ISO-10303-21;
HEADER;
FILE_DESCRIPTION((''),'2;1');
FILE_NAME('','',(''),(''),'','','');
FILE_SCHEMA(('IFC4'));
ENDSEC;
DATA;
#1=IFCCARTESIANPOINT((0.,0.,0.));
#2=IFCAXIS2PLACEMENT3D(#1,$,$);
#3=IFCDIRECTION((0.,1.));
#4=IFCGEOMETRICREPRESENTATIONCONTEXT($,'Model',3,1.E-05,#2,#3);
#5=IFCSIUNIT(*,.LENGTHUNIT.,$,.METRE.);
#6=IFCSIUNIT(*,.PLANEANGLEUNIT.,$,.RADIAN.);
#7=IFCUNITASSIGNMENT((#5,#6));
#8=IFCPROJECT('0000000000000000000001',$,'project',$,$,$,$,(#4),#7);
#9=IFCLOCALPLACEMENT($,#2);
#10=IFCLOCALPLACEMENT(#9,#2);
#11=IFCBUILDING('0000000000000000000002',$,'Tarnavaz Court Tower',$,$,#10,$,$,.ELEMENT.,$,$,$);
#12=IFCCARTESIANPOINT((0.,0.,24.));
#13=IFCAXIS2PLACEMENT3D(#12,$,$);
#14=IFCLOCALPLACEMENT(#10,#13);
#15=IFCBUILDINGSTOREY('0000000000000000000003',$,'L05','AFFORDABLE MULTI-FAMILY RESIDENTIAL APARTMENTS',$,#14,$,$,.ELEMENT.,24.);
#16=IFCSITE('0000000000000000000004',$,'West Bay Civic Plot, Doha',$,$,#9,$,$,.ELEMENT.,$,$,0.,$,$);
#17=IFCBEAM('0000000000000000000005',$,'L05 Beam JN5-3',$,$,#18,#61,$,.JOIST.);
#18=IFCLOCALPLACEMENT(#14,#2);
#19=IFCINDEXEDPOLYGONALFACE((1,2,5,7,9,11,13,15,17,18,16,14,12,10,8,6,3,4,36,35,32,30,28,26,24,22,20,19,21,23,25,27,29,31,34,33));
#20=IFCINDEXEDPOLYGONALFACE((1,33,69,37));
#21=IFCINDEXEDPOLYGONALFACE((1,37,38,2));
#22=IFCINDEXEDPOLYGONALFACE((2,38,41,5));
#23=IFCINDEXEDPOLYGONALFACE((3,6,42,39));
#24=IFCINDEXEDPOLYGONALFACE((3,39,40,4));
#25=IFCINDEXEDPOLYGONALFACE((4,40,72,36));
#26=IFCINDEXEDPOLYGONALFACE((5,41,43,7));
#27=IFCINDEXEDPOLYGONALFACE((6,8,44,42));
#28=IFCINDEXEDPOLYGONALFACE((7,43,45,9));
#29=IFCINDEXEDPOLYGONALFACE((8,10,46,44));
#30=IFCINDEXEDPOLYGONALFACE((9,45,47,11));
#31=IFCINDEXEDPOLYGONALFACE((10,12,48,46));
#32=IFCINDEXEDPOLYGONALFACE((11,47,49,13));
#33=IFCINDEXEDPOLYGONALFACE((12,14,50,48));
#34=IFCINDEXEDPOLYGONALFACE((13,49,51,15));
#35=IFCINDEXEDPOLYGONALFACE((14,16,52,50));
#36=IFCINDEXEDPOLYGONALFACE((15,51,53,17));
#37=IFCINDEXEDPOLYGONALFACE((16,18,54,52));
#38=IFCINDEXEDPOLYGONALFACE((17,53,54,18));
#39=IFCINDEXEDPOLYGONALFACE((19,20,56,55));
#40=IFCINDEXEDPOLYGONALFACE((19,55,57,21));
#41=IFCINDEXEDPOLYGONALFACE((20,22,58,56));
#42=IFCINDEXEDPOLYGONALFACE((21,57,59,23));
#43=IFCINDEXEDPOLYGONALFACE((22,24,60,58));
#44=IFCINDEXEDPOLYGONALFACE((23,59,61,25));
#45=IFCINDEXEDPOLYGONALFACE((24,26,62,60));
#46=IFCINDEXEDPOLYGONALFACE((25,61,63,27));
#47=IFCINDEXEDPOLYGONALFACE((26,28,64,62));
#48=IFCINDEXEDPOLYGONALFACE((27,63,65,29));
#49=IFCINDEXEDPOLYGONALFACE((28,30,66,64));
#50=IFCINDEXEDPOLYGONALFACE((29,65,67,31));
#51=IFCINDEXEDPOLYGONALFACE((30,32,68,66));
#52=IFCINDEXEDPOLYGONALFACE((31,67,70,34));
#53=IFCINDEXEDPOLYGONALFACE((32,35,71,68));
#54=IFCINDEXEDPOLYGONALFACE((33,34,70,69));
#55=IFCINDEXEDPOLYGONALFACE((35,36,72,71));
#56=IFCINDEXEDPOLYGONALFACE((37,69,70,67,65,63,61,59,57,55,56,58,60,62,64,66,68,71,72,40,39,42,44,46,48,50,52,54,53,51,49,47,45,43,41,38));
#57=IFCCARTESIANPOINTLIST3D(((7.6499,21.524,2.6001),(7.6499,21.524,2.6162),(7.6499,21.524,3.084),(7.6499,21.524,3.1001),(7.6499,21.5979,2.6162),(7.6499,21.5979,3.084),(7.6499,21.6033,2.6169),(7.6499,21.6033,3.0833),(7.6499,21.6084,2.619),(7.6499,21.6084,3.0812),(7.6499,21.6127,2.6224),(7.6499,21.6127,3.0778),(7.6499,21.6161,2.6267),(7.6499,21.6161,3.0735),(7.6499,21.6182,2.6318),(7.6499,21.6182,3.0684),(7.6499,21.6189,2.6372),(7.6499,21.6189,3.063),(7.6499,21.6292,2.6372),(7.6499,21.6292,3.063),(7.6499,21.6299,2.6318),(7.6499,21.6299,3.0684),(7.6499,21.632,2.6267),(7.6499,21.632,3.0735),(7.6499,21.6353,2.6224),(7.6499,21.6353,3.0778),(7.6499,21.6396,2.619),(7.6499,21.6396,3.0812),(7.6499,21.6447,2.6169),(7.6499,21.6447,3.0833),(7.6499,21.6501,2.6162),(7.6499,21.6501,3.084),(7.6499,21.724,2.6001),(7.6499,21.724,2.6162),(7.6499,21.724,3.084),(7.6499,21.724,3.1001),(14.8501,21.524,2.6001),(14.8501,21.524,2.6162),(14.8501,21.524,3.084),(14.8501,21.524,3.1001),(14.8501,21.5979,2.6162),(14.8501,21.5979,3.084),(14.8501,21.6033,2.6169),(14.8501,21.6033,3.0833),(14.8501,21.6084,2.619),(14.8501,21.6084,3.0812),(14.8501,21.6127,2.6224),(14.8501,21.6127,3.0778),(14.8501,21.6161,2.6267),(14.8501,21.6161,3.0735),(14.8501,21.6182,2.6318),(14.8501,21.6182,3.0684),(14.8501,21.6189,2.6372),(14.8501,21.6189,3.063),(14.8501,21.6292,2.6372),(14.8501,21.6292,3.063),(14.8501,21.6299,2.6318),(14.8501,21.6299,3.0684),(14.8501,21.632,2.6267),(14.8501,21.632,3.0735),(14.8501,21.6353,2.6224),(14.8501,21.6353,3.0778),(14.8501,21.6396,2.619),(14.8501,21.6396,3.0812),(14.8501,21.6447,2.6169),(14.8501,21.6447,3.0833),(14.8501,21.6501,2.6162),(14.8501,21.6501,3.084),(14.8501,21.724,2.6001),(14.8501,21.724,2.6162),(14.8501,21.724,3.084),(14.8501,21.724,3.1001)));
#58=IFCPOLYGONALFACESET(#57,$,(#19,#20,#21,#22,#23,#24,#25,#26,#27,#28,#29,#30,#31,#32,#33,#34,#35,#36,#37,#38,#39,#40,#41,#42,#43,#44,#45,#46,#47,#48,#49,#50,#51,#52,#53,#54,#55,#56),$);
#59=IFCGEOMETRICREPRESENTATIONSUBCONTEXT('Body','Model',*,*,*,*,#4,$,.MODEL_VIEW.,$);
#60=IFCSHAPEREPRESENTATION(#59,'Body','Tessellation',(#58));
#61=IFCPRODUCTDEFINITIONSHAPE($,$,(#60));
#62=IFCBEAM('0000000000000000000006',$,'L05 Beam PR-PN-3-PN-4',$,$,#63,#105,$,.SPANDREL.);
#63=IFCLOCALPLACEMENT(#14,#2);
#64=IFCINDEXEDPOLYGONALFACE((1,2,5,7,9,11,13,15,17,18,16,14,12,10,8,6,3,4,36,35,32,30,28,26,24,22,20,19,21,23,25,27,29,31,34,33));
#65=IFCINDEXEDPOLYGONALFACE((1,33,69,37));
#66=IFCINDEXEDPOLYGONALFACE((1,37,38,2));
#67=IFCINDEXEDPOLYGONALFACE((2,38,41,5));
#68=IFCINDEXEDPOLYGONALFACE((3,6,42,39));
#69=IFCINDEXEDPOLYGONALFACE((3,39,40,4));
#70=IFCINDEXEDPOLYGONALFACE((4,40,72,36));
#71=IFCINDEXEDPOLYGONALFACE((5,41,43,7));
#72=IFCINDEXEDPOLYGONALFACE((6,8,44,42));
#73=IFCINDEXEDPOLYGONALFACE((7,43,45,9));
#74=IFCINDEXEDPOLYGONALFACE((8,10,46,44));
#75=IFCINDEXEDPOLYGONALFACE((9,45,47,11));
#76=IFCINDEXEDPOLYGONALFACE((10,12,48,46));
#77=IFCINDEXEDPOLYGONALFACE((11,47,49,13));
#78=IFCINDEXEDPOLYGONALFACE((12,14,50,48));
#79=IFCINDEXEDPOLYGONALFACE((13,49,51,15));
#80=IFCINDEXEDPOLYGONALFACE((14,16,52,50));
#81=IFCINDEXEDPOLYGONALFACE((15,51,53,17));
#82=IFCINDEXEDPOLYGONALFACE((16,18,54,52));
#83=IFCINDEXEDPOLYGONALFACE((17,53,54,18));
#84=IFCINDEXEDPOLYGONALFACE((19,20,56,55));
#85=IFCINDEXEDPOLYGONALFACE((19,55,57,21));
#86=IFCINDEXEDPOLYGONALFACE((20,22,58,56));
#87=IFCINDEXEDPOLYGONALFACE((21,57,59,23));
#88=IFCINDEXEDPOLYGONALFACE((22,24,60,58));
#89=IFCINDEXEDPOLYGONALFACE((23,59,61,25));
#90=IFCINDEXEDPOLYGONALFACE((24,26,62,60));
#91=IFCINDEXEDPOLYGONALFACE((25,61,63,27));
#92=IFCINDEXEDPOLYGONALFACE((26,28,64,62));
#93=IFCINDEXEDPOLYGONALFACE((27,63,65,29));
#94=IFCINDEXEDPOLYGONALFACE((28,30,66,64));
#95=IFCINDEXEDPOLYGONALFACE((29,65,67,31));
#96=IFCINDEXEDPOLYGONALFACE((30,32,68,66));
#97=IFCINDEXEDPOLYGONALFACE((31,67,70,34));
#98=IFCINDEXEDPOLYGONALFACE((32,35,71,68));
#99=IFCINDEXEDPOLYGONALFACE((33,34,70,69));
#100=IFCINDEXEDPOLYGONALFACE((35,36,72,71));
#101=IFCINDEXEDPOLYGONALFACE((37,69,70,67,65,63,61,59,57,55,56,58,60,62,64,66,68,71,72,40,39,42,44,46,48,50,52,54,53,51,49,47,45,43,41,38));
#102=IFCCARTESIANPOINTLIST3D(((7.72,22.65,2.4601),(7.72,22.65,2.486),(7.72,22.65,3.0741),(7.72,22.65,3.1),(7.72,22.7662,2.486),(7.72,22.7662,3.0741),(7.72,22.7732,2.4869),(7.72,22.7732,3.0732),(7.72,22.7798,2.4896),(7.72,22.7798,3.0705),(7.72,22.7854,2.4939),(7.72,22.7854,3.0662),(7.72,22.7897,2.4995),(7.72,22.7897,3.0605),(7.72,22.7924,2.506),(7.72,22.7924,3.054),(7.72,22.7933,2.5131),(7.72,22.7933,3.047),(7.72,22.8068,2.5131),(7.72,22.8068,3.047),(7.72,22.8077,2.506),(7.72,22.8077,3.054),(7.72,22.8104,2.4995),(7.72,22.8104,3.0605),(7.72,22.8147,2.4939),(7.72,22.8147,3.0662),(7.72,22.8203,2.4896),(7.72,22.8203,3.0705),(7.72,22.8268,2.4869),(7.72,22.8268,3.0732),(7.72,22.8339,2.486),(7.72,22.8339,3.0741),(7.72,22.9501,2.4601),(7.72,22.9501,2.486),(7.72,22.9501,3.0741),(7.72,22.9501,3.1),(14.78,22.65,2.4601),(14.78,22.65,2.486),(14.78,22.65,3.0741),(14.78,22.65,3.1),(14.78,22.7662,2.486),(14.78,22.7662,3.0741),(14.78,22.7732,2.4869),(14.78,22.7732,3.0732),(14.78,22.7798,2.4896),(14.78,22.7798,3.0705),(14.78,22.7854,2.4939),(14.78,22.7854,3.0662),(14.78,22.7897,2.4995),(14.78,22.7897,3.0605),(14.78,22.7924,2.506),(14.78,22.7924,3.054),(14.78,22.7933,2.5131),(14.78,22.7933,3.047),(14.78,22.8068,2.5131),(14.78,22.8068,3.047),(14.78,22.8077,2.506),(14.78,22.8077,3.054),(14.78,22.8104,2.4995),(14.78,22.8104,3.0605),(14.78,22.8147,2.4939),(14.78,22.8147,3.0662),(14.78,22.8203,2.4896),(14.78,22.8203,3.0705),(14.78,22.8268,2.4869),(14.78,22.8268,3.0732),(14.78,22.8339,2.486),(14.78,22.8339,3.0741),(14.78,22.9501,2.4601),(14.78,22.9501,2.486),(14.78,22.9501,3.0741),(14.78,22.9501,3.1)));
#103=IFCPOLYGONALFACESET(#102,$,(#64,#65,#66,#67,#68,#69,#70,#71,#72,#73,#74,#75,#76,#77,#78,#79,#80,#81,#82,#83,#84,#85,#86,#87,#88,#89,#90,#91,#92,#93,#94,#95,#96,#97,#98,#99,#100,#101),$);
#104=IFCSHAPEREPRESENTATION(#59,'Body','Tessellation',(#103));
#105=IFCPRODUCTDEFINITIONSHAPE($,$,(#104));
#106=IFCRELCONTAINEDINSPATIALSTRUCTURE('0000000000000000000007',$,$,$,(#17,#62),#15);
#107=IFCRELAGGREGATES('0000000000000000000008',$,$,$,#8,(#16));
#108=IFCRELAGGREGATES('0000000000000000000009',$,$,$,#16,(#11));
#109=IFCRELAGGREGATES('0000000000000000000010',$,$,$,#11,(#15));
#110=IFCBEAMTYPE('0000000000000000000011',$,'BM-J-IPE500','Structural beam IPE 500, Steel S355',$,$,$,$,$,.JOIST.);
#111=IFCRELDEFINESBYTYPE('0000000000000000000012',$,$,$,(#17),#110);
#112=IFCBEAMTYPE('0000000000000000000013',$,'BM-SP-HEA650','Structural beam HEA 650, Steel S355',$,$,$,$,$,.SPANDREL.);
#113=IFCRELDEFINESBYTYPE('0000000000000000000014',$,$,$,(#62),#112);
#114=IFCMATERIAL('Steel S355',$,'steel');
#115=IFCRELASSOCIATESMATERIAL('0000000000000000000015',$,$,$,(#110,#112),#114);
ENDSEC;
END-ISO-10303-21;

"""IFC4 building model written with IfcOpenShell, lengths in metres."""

from ifc_helpers import new_model, si_unit, direction, frame, origin, origin_2d, place, context, subcontext, project, spatial, i_section, extrude, material, material_profile, profile_set, type_object, element, save


model = new_model("IFC4")

# Units and contexts
model_context = context("Model", 3, precision=1e-05, world=origin(), true_north=direction((0.0, 1.0)))
body_context = subcontext(model_context, "Body", "Model", "MODEL_VIEW")
ifc_project = project(units=[si_unit("LENGTHUNIT", "METRE"), si_unit("PLANEANGLEUNIT", "RADIAN")], contexts=[model_context])

# Site, building, storey
site_placement = place(None, origin())
site = spatial("IfcSite", under=ifc_project, at=site_placement, Name="West Bay Civic Plot, Doha", CompositionType="ELEMENT", RefElevation=0.0)
building_placement = place(site_placement, origin())
building = spatial("IfcBuilding", under=site, at=building_placement, Name="Tarnavaz Court Tower", CompositionType="ELEMENT")
storey_placement = place(building_placement, frame((0.0, 0.0, 24.0)))
storey = spatial("IfcBuildingStorey", under=building, at=storey_placement, Name="L05", Description="AFFORDABLE MULTI-FAMILY RESIDENTIAL APARTMENTS", CompositionType="ELEMENT", Elevation=24.0)

# Beams
ifc_material_1 = material(Name="Steel S355", Category="steel")
ifc_material_profile_1 = material_profile(ifc_material_1, i_section(OverallWidth=0.2, OverallDepth=0.5, WebThickness=0.0103, FlangeThickness=0.0161, FilletRadius=0.021, at=origin_2d()), Name="IPE 500")
ifc_profile_set_1 = profile_set([ifc_material_profile_1], Name="Steel S355")
beam_type_1 = type_object("IfcBeamType", Name="BM-J-IPE500", Description="Structural beam IPE 500, Steel S355", PredefinedType="JOIST", material=ifc_profile_set_1)
for number, where, z_axis, x_axis, name in (
    (1, (7.6499, 21.624, 2.8501), (1.0, 0.0, 0.0), (0.0, 1.0, 0.0), "L05 Beam JN5-3"),
):
    element("IfcBeam", number, at=place(storey_placement, frame(where, z_axis=z_axis, x_axis=x_axis)), inside=storey, type_object=beam_type_1, Name=name, PredefinedType="JOIST", context=body_context, shape_type="SweptSolid", body=[
        extrude(i_section(OverallWidth=0.2, OverallDepth=0.5, WebThickness=0.0103, FlangeThickness=0.0161, FilletRadius=0.021, at=origin_2d()), origin(), (0.0, 0.0, 1.0), 7.2002),
    ])
ifc_material_profile_2 = material_profile(ifc_material_1, i_section(OverallWidth=0.3, OverallDepth=0.6399, WebThickness=0.0134, FlangeThickness=0.0259, FilletRadius=0.0271, at=origin_2d()), Name="HEA 650")
ifc_profile_set_2 = profile_set([ifc_material_profile_2], Name="Steel S355")
beam_type_2 = type_object("IfcBeamType", Name="BM-SP-HEA650", Description="Structural beam HEA 650, Steel S355", PredefinedType="SPANDREL", material=ifc_profile_set_2)
beam_placement = place(storey_placement, frame((7.72, 22.8, 2.78), z_axis=(1.0, 0.0, 0.0), x_axis=(0.0, 1.0, 0.0)))
element("IfcBeam", 2, at=beam_placement, inside=storey, type_object=beam_type_2, Name="L05 Beam PR-PN-3-PN-4", PredefinedType="SPANDREL", context=body_context, shape_type="SweptSolid", body=[
    extrude(i_section(OverallWidth=0.3, OverallDepth=0.6399, WebThickness=0.0134, FlangeThickness=0.0259, FilletRadius=0.0271, at=origin_2d()), origin(), (0.0, 0.0, 1.0), 7.0601),
])

save(model, "model.ifc")
